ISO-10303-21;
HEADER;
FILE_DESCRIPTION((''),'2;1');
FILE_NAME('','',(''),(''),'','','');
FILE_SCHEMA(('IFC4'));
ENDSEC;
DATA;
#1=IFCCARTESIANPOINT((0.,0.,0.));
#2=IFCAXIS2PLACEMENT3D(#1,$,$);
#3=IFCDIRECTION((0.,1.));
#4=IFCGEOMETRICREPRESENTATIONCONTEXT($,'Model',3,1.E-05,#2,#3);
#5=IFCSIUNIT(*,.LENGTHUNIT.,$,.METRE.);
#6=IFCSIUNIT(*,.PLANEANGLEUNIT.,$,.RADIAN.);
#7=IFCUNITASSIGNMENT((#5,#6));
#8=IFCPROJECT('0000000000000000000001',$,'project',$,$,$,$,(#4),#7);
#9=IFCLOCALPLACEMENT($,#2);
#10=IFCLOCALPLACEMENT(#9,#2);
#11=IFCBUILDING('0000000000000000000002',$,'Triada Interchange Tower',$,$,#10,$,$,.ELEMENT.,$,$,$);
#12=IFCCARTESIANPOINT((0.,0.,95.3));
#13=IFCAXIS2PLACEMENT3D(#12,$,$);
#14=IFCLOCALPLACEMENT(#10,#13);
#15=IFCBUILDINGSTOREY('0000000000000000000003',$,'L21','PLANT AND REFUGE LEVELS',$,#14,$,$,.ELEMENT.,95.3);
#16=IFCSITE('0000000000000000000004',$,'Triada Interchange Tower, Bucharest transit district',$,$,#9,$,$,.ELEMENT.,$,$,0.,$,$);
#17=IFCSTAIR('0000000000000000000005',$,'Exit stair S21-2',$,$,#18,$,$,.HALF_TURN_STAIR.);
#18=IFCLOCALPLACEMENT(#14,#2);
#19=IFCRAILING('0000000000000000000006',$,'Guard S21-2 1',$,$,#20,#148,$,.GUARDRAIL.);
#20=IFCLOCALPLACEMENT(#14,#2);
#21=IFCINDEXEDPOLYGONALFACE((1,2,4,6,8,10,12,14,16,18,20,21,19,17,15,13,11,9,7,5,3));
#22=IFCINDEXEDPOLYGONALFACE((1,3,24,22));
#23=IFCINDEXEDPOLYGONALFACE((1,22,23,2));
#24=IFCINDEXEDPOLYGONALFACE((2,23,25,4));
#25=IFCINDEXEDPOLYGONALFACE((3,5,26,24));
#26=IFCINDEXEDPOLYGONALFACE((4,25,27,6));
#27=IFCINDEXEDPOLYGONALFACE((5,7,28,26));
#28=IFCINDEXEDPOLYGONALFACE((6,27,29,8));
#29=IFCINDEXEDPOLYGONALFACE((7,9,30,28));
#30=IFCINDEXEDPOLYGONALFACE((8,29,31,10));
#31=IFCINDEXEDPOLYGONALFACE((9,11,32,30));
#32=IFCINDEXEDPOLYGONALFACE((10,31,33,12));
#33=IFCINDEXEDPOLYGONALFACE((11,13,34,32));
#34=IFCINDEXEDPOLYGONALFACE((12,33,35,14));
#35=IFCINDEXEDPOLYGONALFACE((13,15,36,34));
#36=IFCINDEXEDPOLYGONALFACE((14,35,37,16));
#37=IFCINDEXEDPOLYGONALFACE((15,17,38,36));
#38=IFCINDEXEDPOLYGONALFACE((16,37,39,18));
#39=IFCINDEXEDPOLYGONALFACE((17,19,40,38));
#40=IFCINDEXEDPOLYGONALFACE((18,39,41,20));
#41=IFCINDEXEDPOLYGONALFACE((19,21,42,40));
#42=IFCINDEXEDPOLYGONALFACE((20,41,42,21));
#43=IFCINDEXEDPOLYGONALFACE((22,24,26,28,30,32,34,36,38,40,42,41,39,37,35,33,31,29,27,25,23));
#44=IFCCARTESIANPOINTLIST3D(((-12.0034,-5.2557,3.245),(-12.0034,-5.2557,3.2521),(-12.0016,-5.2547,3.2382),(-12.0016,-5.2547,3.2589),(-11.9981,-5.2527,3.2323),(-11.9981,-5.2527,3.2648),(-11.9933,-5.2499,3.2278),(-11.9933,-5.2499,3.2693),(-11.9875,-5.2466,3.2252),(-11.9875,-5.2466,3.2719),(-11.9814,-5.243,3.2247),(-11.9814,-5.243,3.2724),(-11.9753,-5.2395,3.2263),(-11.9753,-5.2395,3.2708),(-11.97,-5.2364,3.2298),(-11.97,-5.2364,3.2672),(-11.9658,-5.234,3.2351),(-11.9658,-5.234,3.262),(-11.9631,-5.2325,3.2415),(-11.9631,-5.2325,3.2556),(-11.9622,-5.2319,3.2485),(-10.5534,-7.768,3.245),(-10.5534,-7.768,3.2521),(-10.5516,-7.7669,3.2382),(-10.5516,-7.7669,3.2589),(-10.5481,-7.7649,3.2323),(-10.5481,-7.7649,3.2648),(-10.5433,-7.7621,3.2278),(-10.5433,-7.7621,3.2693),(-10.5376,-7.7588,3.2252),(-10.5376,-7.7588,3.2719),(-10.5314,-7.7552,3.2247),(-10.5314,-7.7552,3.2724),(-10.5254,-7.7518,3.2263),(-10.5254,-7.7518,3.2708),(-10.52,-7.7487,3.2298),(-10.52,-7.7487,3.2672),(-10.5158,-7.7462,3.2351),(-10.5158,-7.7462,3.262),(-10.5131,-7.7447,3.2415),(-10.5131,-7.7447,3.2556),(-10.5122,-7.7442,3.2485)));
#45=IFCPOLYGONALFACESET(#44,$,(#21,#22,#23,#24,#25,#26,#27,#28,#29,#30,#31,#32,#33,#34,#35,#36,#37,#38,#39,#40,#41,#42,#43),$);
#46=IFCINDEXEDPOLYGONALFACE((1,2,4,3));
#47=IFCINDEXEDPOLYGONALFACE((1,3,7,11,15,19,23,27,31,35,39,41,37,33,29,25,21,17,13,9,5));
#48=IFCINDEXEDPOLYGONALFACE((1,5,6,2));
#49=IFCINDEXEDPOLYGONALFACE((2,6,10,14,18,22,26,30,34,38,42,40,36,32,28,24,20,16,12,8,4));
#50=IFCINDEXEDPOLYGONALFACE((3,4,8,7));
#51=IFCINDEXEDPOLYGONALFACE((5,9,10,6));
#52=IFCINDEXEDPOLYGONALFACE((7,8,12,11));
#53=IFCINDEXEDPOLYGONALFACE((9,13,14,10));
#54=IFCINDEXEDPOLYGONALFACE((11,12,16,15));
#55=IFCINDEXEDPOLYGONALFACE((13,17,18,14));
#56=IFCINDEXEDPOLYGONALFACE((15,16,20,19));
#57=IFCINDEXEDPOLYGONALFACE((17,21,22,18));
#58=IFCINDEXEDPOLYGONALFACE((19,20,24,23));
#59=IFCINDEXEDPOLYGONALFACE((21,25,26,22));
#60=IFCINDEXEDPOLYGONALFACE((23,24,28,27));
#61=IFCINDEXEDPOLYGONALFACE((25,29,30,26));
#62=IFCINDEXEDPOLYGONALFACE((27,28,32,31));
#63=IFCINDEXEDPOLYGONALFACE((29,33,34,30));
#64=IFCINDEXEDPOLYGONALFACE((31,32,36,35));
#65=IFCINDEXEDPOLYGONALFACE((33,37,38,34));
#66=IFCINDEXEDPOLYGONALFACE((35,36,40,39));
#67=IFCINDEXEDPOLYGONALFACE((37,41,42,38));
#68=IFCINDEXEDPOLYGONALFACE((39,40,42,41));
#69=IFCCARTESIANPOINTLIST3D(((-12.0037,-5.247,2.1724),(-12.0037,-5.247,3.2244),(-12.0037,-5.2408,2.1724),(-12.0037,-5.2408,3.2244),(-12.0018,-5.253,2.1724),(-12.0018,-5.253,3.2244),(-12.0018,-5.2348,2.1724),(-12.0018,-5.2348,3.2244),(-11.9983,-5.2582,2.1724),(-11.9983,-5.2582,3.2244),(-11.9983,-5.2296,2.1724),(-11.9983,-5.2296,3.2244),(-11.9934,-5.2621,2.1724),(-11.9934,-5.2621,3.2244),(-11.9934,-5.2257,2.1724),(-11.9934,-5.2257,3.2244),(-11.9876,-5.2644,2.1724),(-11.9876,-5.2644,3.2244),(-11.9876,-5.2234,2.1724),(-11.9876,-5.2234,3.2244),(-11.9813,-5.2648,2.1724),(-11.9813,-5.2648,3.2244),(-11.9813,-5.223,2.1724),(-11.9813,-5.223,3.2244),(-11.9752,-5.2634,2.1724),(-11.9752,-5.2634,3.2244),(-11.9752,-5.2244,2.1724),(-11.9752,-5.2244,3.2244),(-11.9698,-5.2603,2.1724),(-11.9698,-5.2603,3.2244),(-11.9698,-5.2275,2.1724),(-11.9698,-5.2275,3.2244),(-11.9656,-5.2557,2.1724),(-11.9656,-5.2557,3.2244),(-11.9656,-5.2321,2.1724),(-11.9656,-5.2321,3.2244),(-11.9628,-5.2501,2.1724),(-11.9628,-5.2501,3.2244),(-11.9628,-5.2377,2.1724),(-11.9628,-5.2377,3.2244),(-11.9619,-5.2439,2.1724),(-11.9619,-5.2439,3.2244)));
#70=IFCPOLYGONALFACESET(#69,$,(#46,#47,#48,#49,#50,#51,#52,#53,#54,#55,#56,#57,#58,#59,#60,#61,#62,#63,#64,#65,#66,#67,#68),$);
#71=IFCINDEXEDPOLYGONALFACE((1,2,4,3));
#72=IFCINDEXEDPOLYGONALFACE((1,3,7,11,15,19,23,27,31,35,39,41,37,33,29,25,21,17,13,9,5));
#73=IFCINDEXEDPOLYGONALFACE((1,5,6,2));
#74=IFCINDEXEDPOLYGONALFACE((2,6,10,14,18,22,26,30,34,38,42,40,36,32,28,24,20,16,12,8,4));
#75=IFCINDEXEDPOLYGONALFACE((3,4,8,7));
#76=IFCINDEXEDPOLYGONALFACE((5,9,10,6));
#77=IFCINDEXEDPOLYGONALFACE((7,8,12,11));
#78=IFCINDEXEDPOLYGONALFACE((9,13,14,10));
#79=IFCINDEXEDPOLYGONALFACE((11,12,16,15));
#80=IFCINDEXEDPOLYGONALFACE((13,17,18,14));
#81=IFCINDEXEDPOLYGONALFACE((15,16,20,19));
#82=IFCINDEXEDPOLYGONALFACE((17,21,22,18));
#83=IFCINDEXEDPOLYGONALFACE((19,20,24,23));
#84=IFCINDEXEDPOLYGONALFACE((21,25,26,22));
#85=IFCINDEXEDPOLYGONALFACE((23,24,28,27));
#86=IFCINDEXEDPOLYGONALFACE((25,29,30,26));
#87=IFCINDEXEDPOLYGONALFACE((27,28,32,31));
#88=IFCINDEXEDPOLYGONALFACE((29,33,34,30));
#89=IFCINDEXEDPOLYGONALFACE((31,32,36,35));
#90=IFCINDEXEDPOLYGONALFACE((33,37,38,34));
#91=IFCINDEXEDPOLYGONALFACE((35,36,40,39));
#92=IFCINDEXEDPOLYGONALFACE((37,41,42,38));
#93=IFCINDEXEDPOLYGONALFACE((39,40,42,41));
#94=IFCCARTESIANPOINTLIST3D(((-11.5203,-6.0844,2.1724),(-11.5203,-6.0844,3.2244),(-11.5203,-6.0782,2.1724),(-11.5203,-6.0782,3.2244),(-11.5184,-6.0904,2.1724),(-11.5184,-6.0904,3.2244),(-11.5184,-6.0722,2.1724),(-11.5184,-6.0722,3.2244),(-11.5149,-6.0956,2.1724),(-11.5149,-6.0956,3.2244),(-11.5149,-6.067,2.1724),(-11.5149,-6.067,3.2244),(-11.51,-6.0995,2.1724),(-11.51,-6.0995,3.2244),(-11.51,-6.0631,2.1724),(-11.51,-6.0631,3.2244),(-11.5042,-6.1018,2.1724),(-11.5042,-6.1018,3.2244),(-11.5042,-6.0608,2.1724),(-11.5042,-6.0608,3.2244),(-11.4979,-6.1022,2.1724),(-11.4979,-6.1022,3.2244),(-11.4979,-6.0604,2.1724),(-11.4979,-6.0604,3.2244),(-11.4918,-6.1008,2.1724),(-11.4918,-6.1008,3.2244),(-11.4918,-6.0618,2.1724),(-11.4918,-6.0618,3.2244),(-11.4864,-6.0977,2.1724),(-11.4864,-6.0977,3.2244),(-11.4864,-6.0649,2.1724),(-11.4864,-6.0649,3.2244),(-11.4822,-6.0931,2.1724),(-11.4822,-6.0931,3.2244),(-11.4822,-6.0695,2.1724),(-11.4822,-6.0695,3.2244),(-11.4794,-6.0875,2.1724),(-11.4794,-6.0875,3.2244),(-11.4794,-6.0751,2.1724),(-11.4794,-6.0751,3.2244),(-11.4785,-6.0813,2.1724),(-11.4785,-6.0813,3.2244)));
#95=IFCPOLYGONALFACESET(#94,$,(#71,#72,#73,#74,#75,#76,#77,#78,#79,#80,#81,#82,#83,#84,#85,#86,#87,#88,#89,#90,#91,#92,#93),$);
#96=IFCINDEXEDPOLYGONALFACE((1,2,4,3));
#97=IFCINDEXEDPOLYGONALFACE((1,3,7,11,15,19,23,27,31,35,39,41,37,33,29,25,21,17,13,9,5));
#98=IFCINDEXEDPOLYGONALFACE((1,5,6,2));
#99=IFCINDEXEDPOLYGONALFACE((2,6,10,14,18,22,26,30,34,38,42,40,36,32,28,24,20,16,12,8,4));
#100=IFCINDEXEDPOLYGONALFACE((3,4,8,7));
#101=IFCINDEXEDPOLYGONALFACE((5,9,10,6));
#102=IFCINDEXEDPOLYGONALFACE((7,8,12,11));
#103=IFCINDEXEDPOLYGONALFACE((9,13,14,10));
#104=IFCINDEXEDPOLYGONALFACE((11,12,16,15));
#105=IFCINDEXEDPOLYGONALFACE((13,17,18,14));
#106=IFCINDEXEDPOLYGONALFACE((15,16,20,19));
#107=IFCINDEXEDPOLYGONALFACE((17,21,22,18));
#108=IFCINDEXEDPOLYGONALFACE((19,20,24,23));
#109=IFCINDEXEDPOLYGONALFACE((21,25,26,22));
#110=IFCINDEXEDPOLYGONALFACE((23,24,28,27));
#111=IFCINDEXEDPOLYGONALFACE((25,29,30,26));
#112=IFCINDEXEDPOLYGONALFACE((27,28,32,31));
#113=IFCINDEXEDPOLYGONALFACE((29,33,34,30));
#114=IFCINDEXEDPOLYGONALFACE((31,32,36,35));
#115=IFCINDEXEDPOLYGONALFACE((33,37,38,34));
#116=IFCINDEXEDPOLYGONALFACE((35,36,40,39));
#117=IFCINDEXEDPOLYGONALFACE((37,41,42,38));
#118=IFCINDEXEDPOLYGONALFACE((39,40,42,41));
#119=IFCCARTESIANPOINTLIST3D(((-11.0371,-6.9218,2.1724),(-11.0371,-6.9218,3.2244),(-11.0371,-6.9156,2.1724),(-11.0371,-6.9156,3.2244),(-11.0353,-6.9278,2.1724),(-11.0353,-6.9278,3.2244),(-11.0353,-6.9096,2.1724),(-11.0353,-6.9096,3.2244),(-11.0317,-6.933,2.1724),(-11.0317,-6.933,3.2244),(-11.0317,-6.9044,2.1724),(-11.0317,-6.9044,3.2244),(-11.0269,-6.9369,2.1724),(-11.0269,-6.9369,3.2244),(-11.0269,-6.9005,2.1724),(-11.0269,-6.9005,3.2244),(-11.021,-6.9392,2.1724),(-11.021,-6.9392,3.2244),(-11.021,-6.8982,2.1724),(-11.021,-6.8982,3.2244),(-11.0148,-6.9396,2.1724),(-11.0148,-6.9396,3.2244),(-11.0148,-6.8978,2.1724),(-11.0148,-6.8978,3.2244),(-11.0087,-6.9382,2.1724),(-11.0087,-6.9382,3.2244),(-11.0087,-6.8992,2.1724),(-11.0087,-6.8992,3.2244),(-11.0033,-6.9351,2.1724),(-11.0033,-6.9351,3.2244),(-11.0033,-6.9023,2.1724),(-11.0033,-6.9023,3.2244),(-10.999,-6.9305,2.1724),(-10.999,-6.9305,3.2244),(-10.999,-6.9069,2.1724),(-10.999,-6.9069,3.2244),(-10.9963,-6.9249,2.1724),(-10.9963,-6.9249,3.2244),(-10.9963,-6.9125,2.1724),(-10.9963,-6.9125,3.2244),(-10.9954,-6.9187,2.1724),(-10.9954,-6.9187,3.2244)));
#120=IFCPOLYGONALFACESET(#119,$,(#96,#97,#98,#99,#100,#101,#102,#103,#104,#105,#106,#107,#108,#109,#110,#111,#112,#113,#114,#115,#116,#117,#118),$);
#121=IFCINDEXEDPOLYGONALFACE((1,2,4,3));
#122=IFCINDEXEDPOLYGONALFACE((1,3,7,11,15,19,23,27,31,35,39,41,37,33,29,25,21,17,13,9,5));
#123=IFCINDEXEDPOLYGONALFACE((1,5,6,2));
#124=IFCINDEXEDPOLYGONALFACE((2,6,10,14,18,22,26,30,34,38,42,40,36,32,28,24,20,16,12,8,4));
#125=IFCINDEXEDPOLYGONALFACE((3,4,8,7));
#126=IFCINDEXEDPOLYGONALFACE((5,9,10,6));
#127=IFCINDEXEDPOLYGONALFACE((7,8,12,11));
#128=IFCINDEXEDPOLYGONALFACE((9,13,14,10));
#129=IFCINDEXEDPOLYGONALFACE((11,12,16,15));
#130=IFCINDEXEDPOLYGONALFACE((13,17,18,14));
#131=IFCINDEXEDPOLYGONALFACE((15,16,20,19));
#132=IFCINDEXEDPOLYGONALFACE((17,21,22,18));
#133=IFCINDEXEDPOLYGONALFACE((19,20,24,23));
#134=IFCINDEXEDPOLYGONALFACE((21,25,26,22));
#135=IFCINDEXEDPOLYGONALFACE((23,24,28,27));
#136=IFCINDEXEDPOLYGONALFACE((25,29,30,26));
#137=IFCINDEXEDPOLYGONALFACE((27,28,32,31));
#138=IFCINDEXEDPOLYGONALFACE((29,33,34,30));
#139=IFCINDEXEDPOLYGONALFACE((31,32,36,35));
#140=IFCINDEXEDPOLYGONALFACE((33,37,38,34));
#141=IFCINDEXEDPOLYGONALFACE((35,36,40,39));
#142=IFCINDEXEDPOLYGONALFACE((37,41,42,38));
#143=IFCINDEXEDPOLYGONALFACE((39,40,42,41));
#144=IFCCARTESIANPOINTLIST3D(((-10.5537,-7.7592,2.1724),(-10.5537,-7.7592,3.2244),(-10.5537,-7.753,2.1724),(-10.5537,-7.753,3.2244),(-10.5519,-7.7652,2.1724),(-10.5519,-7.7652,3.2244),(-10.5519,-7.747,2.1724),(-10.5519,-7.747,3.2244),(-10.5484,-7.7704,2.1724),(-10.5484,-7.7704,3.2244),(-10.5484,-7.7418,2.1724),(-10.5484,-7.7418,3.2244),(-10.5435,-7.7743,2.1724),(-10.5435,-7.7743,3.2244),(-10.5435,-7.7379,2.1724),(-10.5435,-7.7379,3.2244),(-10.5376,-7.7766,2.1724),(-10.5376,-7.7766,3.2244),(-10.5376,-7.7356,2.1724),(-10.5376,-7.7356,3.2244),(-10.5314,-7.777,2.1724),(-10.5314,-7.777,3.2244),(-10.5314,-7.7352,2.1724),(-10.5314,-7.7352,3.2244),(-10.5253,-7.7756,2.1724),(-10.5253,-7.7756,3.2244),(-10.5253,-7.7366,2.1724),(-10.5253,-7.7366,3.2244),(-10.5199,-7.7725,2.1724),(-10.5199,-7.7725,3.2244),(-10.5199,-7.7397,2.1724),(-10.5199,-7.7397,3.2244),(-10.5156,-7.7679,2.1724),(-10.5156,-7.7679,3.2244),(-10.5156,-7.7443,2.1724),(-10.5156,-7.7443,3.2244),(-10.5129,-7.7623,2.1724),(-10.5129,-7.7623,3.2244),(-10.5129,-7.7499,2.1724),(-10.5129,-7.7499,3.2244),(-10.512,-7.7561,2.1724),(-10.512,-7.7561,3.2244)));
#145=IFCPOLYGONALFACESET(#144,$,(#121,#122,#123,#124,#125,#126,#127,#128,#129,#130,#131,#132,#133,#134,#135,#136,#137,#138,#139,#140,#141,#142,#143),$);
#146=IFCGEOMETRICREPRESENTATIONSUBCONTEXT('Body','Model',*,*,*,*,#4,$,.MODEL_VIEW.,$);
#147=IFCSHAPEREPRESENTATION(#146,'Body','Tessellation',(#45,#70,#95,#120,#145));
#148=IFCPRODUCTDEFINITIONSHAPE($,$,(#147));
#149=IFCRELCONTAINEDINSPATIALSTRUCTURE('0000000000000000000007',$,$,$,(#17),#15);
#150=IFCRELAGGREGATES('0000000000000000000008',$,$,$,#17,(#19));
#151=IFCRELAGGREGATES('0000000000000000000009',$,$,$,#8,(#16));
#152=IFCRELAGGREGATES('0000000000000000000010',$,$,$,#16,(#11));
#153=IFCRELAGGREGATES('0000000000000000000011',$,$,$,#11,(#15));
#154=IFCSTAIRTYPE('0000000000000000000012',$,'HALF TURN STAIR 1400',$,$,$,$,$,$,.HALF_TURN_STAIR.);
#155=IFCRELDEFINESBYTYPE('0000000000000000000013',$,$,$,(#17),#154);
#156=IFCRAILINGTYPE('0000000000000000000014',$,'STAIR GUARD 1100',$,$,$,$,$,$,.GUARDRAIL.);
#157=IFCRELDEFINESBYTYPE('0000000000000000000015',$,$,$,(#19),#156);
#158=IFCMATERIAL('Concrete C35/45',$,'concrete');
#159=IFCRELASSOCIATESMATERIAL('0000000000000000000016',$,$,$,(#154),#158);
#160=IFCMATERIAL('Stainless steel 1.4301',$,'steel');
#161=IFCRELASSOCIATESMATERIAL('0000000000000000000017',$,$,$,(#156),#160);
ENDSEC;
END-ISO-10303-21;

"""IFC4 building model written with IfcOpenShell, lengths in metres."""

from ifc_helpers import new_model, si_unit, direction, frame, origin, origin_2d, place, context, subcontext, project, spatial, circle, extrude, material, type_object, element, aggregate, save


model = new_model("IFC4")

# Units and contexts
model_context = context("Model", 3, precision=1e-05, world=origin(), true_north=direction((0.0, 1.0)))
body_context = subcontext(model_context, "Body", "Model", "MODEL_VIEW")
ifc_project = project(units=[si_unit("LENGTHUNIT", "METRE"), si_unit("PLANEANGLEUNIT", "RADIAN")], contexts=[model_context])

# Site, building, storey
site_placement = place(None, origin())
site = spatial("IfcSite", under=ifc_project, at=site_placement, Name="Triada Interchange Tower, Bucharest transit district", CompositionType="ELEMENT", RefElevation=0.0)
building_placement = place(site_placement, origin())
building = spatial("IfcBuilding", under=site, at=building_placement, Name="Triada Interchange Tower", CompositionType="ELEMENT")
storey_placement = place(building_placement, frame((0.0, 0.0, 95.3)))
storey = spatial("IfcBuildingStorey", under=building, at=storey_placement, Name="L21", Description="PLANT AND REFUGE LEVELS", CompositionType="ELEMENT", Elevation=95.3)

# Shared definitions
ifc_material_1 = material(Name="Concrete C35/45", Category="concrete")

# Stair, railing
stair_type = type_object("IfcStairType", Name="HALF TURN STAIR 1400", PredefinedType="HALF_TURN_STAIR", material=ifc_material_1)
stair_placement = place(storey_placement, origin())
stair = element("IfcStair", 1, at=stair_placement, inside=storey, type_object=stair_type, Name="Exit stair S21-2", PredefinedType="HALF_TURN_STAIR")
ifc_material_2 = material(Name="Stainless steel 1.4301", Category="steel")
railing_type_1 = type_object("IfcRailingType", Name="STAIR GUARD 1100", PredefinedType="GUARDRAIL", material=ifc_material_2)
railing_1_placement = place(storey_placement, frame((-11.9829, -5.2439, 2.1724)))
railing_1 = element("IfcRailing", 2, at=railing_1_placement, type_object=railing_type_1, Name="Guard S21-2 1", PredefinedType="GUARDRAIL", context=body_context, shape_type="SweptSolid", body=[
    extrude(circle(Radius=0.0239, at=origin_2d()), frame((0.0, 0.0, 1.0762), z_axis=(0.499878, -0.866096, 0.0), x_axis=(0.866096, 0.499878, 0.0)), (0.0, 0.0, 1.0), 2.9006),
    extrude(circle(Radius=0.021, at=origin_2d()), origin(), (0.0, 0.0, 1.0), 1.052),
    extrude(circle(Radius=0.021, at=origin_2d()), frame((0.4834, -0.8374, 0.0)), (0.0, 0.0, 1.0), 1.052),
    extrude(circle(Radius=0.021, at=origin_2d()), frame((0.9666, -1.6748, 0.0)), (0.0, 0.0, 1.0), 1.052),
    extrude(circle(Radius=0.021, at=origin_2d()), frame((1.45, -2.5122, 0.0)), (0.0, 0.0, 1.0), 1.052),
])
aggregate(stair, [railing_1])

save(model, "model.ifc")
